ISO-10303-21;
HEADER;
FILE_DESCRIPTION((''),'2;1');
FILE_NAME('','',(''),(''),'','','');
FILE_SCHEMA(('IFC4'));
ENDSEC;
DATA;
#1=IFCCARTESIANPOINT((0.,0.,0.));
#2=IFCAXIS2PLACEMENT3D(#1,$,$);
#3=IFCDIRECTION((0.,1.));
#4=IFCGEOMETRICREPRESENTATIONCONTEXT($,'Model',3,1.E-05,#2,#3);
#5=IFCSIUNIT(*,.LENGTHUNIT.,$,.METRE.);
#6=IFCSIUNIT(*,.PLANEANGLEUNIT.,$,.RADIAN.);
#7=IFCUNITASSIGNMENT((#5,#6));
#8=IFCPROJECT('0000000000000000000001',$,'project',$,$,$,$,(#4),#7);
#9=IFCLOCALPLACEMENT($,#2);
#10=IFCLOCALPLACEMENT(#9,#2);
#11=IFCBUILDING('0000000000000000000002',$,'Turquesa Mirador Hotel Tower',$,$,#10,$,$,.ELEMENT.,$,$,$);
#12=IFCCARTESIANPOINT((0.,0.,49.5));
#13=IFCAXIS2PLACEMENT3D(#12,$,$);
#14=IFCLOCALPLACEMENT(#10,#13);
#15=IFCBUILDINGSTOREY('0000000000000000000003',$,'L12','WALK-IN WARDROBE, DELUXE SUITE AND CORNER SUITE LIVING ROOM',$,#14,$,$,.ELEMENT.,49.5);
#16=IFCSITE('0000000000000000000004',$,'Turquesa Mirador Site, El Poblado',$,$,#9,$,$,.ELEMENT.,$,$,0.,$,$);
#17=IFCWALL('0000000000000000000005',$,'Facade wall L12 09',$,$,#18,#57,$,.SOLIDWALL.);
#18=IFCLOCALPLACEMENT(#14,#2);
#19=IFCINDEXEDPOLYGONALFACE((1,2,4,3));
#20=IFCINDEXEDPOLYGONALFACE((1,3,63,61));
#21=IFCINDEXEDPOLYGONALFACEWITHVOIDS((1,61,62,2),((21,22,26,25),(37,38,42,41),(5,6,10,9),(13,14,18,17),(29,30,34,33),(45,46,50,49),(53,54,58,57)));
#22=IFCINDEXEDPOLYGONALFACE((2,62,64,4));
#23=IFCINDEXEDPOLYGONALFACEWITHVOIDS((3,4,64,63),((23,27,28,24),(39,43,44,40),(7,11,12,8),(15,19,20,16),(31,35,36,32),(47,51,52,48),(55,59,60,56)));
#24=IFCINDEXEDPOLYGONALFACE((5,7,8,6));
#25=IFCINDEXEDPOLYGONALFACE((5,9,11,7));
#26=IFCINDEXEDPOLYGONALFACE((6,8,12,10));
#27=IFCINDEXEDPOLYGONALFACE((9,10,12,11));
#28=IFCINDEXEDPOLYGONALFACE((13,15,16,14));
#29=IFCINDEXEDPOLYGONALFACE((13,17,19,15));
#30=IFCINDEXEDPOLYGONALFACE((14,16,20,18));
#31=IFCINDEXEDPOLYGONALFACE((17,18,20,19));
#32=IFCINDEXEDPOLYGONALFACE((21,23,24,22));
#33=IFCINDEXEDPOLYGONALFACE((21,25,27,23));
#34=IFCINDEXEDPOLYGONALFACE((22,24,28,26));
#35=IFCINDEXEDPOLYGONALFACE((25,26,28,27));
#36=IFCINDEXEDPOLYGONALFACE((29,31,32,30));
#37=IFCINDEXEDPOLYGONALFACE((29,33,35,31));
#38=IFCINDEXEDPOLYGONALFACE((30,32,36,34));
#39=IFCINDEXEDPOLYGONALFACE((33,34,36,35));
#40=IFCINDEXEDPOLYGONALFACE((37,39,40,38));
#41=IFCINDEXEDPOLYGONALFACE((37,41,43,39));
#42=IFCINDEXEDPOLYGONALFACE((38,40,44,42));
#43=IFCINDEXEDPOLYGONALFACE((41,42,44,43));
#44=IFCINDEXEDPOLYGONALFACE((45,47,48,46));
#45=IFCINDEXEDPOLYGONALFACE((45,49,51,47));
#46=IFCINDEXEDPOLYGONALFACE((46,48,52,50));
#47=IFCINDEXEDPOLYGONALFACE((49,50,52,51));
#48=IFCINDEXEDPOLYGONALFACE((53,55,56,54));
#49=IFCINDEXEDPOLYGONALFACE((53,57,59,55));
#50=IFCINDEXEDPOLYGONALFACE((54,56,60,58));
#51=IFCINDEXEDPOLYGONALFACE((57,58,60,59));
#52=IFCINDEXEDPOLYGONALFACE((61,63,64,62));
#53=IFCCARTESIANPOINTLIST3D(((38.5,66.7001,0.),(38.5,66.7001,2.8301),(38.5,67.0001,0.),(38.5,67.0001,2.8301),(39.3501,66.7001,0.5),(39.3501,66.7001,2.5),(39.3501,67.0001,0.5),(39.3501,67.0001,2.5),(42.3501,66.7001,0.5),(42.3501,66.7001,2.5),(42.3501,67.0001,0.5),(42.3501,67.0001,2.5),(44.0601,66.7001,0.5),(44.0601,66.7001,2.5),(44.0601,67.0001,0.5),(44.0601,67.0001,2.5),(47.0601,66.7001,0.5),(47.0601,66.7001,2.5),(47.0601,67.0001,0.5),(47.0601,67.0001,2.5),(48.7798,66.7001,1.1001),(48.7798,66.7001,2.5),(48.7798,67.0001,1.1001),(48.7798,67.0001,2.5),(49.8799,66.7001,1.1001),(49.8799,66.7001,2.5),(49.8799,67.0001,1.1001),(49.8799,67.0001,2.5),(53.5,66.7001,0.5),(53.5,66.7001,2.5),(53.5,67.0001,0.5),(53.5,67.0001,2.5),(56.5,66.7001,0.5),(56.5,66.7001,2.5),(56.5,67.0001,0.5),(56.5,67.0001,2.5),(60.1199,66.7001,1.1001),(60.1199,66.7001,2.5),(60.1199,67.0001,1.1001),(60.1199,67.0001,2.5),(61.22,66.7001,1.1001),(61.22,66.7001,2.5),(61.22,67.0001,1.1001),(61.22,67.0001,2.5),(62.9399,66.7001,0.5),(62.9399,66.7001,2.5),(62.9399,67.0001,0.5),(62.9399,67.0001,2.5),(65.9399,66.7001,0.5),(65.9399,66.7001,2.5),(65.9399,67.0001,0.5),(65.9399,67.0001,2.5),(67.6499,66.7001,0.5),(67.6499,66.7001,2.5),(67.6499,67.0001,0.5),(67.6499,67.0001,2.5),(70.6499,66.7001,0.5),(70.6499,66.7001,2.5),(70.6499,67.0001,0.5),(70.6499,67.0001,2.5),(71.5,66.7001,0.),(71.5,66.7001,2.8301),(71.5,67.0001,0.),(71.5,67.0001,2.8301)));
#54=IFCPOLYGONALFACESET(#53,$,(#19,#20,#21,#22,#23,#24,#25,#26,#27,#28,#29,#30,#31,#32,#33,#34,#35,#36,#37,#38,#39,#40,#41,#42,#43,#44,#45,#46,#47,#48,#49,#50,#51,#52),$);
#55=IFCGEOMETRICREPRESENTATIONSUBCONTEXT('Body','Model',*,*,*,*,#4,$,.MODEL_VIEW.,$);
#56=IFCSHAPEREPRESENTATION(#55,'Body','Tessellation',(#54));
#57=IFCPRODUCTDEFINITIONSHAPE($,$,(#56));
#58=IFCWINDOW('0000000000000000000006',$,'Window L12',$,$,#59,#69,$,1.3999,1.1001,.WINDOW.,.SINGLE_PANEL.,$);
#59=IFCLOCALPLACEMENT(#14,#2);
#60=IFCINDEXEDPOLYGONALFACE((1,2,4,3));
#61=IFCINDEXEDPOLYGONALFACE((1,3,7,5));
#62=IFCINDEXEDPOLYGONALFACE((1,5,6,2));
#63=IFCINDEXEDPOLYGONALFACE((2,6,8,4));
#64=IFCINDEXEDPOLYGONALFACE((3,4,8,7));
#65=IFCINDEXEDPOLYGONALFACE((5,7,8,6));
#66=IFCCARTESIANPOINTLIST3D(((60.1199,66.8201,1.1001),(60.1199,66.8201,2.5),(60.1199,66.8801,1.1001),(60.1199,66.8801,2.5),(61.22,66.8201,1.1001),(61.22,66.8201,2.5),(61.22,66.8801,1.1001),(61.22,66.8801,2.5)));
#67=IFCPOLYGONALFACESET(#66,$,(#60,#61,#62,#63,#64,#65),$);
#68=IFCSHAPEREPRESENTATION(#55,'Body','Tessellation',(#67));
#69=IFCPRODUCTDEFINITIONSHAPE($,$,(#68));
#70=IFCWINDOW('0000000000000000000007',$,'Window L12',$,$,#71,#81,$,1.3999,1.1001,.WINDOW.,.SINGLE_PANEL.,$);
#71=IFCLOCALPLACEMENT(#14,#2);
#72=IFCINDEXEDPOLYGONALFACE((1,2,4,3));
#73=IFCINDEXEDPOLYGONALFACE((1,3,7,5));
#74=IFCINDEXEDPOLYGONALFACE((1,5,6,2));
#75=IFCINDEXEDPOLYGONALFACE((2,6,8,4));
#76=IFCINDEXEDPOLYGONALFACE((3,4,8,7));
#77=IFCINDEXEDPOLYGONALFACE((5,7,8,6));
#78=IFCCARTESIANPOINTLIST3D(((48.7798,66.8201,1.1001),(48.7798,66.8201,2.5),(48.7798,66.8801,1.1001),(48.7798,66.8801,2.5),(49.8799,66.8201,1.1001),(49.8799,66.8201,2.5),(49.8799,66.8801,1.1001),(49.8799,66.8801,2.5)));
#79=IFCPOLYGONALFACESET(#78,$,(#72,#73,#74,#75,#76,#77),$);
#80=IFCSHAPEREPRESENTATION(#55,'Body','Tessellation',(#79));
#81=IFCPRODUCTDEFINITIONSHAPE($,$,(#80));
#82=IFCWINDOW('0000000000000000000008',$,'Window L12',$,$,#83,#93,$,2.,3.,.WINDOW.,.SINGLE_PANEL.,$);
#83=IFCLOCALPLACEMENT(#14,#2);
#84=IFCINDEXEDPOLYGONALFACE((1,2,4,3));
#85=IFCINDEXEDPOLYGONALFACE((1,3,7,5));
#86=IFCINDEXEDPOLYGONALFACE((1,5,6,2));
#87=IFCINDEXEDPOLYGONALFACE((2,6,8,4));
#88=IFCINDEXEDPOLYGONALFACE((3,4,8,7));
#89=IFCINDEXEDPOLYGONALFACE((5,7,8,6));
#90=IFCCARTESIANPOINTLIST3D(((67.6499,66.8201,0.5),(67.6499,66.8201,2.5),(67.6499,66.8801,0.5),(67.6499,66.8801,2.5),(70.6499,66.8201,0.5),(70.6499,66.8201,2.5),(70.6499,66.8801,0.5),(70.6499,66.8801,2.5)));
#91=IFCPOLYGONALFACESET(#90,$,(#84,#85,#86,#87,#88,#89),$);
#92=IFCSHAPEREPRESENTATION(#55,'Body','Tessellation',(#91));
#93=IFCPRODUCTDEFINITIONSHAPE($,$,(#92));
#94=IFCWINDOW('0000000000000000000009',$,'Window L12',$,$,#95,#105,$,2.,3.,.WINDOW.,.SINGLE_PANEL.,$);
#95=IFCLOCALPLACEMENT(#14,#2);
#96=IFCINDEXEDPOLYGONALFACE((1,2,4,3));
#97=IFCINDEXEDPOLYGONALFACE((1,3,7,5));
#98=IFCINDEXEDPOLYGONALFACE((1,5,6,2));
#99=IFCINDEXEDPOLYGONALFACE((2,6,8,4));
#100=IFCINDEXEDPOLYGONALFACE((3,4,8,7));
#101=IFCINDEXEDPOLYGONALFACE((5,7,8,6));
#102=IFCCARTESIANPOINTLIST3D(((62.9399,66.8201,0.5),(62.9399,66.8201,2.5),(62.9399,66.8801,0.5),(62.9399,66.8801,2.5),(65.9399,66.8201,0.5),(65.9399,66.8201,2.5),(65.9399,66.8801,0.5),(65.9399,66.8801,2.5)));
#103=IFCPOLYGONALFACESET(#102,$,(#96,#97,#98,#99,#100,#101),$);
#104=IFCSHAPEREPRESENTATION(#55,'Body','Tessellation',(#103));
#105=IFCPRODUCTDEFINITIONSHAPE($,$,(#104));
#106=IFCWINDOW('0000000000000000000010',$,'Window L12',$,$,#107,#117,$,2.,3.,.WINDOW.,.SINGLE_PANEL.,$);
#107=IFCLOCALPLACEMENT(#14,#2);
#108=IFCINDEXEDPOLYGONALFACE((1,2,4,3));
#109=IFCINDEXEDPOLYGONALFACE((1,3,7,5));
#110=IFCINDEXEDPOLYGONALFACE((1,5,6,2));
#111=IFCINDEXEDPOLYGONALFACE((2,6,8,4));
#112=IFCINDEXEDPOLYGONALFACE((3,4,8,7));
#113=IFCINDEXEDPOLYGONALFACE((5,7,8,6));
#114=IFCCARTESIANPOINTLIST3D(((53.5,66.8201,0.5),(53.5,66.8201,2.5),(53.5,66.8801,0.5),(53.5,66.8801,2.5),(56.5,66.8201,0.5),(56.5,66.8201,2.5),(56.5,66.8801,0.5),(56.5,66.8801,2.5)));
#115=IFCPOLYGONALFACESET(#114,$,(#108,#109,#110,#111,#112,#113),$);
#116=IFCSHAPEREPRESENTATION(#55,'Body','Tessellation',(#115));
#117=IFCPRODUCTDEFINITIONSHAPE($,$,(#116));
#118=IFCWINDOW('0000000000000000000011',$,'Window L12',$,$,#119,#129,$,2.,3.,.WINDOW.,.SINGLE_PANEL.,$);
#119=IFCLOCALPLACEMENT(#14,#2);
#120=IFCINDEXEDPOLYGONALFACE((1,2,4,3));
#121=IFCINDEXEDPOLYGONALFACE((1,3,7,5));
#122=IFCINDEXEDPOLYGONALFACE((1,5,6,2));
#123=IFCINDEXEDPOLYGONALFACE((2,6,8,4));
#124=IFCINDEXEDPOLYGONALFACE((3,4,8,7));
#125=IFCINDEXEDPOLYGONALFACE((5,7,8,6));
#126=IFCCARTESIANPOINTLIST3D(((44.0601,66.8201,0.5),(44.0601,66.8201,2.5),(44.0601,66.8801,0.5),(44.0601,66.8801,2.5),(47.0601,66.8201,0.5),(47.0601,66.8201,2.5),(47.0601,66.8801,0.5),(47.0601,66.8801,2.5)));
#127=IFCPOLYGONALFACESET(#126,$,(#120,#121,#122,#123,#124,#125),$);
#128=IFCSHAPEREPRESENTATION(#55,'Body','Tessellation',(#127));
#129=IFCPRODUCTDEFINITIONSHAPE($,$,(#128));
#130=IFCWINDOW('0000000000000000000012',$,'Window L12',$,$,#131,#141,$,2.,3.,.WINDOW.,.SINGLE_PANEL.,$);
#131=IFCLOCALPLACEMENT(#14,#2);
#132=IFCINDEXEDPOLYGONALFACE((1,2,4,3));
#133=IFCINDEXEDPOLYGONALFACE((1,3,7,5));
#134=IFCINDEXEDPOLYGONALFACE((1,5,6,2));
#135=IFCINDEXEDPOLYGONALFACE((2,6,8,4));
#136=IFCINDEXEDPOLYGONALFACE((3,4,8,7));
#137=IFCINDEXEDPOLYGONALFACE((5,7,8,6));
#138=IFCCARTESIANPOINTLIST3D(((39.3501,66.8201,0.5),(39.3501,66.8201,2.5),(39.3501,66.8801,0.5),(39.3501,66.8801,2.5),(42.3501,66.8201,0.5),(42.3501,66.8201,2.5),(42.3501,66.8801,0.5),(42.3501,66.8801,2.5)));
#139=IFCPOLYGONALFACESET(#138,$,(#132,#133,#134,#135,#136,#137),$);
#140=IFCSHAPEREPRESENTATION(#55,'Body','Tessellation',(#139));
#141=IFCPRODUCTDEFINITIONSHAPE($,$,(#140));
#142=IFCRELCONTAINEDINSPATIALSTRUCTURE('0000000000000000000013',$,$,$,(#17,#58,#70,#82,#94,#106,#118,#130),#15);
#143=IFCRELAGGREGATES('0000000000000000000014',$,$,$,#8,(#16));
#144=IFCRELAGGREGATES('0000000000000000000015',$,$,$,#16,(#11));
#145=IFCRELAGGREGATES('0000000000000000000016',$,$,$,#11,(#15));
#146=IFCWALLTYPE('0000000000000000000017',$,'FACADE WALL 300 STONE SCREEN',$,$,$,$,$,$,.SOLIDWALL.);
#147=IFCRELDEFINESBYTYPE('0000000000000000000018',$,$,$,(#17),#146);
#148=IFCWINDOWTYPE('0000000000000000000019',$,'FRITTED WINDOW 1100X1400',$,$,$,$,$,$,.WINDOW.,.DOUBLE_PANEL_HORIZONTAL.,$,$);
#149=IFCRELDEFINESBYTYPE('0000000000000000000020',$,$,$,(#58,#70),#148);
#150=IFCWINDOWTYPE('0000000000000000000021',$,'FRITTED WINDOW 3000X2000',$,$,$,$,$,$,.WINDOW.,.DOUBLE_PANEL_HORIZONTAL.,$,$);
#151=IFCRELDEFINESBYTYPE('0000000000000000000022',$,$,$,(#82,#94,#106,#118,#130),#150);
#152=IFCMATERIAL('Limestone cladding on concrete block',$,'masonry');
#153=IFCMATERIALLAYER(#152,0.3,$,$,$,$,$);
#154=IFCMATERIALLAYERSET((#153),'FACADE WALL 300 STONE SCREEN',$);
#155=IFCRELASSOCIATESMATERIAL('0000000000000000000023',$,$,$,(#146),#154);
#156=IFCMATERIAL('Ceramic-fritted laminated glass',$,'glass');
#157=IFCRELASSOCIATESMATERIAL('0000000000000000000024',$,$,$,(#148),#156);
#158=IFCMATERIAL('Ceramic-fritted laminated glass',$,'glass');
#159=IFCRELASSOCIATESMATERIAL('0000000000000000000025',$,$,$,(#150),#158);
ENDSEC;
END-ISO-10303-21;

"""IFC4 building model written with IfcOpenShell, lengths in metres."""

from ifc_helpers import new_model, si_unit, direction, frame, frame_2d, origin, place, context, subcontext, project, spatial, rectangle, extrude, material, layer, layer_set, type_object, element, fill, save


model = new_model("IFC4")

# Units and contexts
model_context = context("Model", 3, precision=1e-05, world=origin(), true_north=direction((0.0, 1.0)))
body_context = subcontext(model_context, "Body", "Model", "MODEL_VIEW")
ifc_project = project(units=[si_unit("LENGTHUNIT", "METRE"), si_unit("PLANEANGLEUNIT", "RADIAN")], contexts=[model_context])

# Site, building, storey
site_placement = place(None, origin())
site = spatial("IfcSite", under=ifc_project, at=site_placement, Name="Turquesa Mirador Site, El Poblado", CompositionType="ELEMENT", RefElevation=0.0)
building_placement = place(site_placement, origin())
building = spatial("IfcBuilding", under=site, at=building_placement, Name="Turquesa Mirador Hotel Tower", CompositionType="ELEMENT")
storey_placement = place(building_placement, frame((0.0, 0.0, 49.5)))
storey = spatial("IfcBuildingStorey", under=building, at=storey_placement, Name="L12", Description="WALK-IN WARDROBE, DELUXE SUITE AND CORNER SUITE LIVING ROOM", CompositionType="ELEMENT", Elevation=49.5)

# Shared definitions
ifc_material_1 = material(Name="Limestone cladding on concrete block", Category="masonry")
ifc_layer_1 = layer(ifc_material_1, 0.3)
ifc_layer_set_1 = layer_set([ifc_layer_1], Name="FACADE WALL 300 STONE SCREEN")
wall_type_1 = type_object("IfcWallType", Name="FACADE WALL 300 STONE SCREEN", PredefinedType="SOLIDWALL", material=ifc_layer_set_1)

# Wall, openings, windows
wall_1_placement = place(storey_placement, frame((71.5, 66.8501, 0.0), z_axis=(0.0, 0.0, 1.0), x_axis=(-1.0, 0.0, 0.0)))
wall_1 = element("IfcWall", 1, at=wall_1_placement, inside=storey, type_object=wall_type_1, Name="Facade wall L12 09", PredefinedType="SOLIDWALL", context=body_context, shape_type="SweptSolid", body=[
    extrude(rectangle(XDim=33.0, YDim=0.3, at=frame_2d((16.5, 0.0))), origin(), (0.0, 0.0, 1.0), 2.8301),
])
opening_1_placement = place(wall_1_placement, frame((0.8501, 0.0, 0.5)))
opening_1 = element("IfcOpeningElement", 2, at=opening_1_placement, cuts=wall_1, PredefinedType="OPENING", context=body_context, shape_type="SweptSolid", body=[
    extrude(rectangle(XDim=3.0, YDim=2.0, at=frame_2d((1.5, 1.0))), frame((0.0, 0.1599, 0.0), z_axis=(0.0, -1.0, 0.0), x_axis=(1.0, 0.0, 0.0)), (0.0, 0.0, 1.0), 0.3201),
])
opening_2_placement = place(wall_1_placement, frame((5.5601, 0.0, 0.5)))
opening_2 = element("IfcOpeningElement", 3, at=opening_2_placement, cuts=wall_1, PredefinedType="OPENING", context=body_context, shape_type="SweptSolid", body=[
    extrude(rectangle(XDim=3.0, YDim=2.0, at=frame_2d((1.5, 1.0))), frame((0.0, 0.1599, 0.0), z_axis=(0.0, -1.0, 0.0), x_axis=(1.0, 0.0, 0.0)), (0.0, 0.0, 1.0), 0.3201),
])
opening_3_placement = place(wall_1_placement, frame((10.28, 0.0, 1.1001)))
opening_3 = element("IfcOpeningElement", 4, at=opening_3_placement, cuts=wall_1, PredefinedType="OPENING", context=body_context, shape_type="SweptSolid", body=[
    extrude(rectangle(XDim=1.1001, YDim=1.3999, at=frame_2d((0.55, 0.7))), frame((0.0, 0.1599, 0.0), z_axis=(0.0, -1.0, 0.0), x_axis=(1.0, 0.0, 0.0)), (0.0, 0.0, 1.0), 0.3201),
])
opening_4_placement = place(wall_1_placement, frame((15.0, 0.0, 0.5)))
opening_4 = element("IfcOpeningElement", 5, at=opening_4_placement, cuts=wall_1, PredefinedType="OPENING", context=body_context, shape_type="SweptSolid", body=[
    extrude(rectangle(XDim=3.0, YDim=2.0, at=frame_2d((1.5, 1.0))), frame((0.0, 0.1599, 0.0), z_axis=(0.0, -1.0, 0.0), x_axis=(1.0, 0.0, 0.0)), (0.0, 0.0, 1.0), 0.3201),
])
opening_5_placement = place(wall_1_placement, frame((21.6201, 0.0, 1.1001)))
opening_5 = element("IfcOpeningElement", 6, at=opening_5_placement, cuts=wall_1, PredefinedType="OPENING", context=body_context, shape_type="SweptSolid", body=[
    extrude(rectangle(XDim=1.1001, YDim=1.3999, at=frame_2d((0.55, 0.7))), frame((0.0, 0.1599, 0.0), z_axis=(0.0, -1.0, 0.0), x_axis=(1.0, 0.0, 0.0)), (0.0, 0.0, 1.0), 0.3201),
])
opening_6_placement = place(wall_1_placement, frame((24.4399, 0.0, 0.5)))
opening_6 = element("IfcOpeningElement", 7, at=opening_6_placement, cuts=wall_1, PredefinedType="OPENING", context=body_context, shape_type="SweptSolid", body=[
    extrude(rectangle(XDim=3.0, YDim=2.0, at=frame_2d((1.5, 1.0))), frame((0.0, 0.1599, 0.0), z_axis=(0.0, -1.0, 0.0), x_axis=(1.0, 0.0, 0.0)), (0.0, 0.0, 1.0), 0.3201),
])
opening_7_placement = place(wall_1_placement, frame((29.1499, 0.0, 0.5)))
opening_7 = element("IfcOpeningElement", 8, at=opening_7_placement, cuts=wall_1, PredefinedType="OPENING", context=body_context, shape_type="SweptSolid", body=[
    extrude(rectangle(XDim=3.0, YDim=2.0, at=frame_2d((1.5, 1.0))), frame((0.0, 0.1599, 0.0), z_axis=(0.0, -1.0, 0.0), x_axis=(1.0, 0.0, 0.0)), (0.0, 0.0, 1.0), 0.3201),
])
ifc_material_2 = material(Name="Ceramic-fritted laminated glass", Category="glass")
window_type_1 = type_object("IfcWindowType", Name="FRITTED WINDOW 1100X1400", PartitioningType="DOUBLE_PANEL_HORIZONTAL", PredefinedType="WINDOW", material=ifc_material_2)
window_1_placement = place(opening_3_placement, origin())
window_1 = element("IfcWindow", 9, at=window_1_placement, inside=storey, type_object=window_type_1, Name="Window L12", OverallHeight=1.3999, OverallWidth=1.1001, PartitioningType="SINGLE_PANEL", PredefinedType="WINDOW", context=body_context, shape_type="SweptSolid", body=[
    extrude(rectangle(XDim=1.1001, YDim=1.3999, at=frame_2d((0.55, 0.7))), frame((0.0, 0.03, 0.0), z_axis=(0.0, -1.0, 0.0), x_axis=(1.0, 0.0, 0.0)), (0.0, 0.0, 1.0), 0.0601),
])
fill(opening_3, window_1)
window_2_placement = place(opening_5_placement, origin())
window_2 = element("IfcWindow", 10, at=window_2_placement, inside=storey, type_object=window_type_1, Name="Window L12", OverallHeight=1.3999, OverallWidth=1.1001, PartitioningType="SINGLE_PANEL", PredefinedType="WINDOW", context=body_context, shape_type="SweptSolid", body=[
    extrude(rectangle(XDim=1.1001, YDim=1.3999, at=frame_2d((0.55, 0.7))), frame((0.0, 0.03, 0.0), z_axis=(0.0, -1.0, 0.0), x_axis=(1.0, 0.0, 0.0)), (0.0, 0.0, 1.0), 0.0601),
])
fill(opening_5, window_2)
ifc_material_3 = material(Name="Ceramic-fritted laminated glass", Category="glass")
window_type_2 = type_object("IfcWindowType", Name="FRITTED WINDOW 3000X2000", PartitioningType="DOUBLE_PANEL_HORIZONTAL", PredefinedType="WINDOW", material=ifc_material_3)
window_3_placement = place(opening_1_placement, origin())
window_3 = element("IfcWindow", 11, at=window_3_placement, inside=storey, type_object=window_type_2, Name="Window L12", OverallHeight=2.0, OverallWidth=3.0, PartitioningType="SINGLE_PANEL", PredefinedType="WINDOW", context=body_context, shape_type="SweptSolid", body=[
    extrude(rectangle(XDim=3.0, YDim=2.0, at=frame_2d((1.5, 1.0))), frame((0.0, 0.03, 0.0), z_axis=(0.0, -1.0, 0.0), x_axis=(1.0, 0.0, 0.0)), (0.0, 0.0, 1.0), 0.0601),
])
fill(opening_1, window_3)
window_4_placement = place(opening_2_placement, origin())
window_4 = element("IfcWindow", 12, at=window_4_placement, inside=storey, type_object=window_type_2, Name="Window L12", OverallHeight=2.0, OverallWidth=3.0, PartitioningType="SINGLE_PANEL", PredefinedType="WINDOW", context=body_context, shape_type="SweptSolid", body=[
    extrude(rectangle(XDim=3.0, YDim=2.0, at=frame_2d((1.5, 1.0))), frame((0.0, 0.03, 0.0), z_axis=(0.0, -1.0, 0.0), x_axis=(1.0, 0.0, 0.0)), (0.0, 0.0, 1.0), 0.0601),
])
fill(opening_2, window_4)
window_5_placement = place(opening_4_placement, origin())
window_5 = element("IfcWindow", 13, at=window_5_placement, inside=storey, type_object=window_type_2, Name="Window L12", OverallHeight=2.0, OverallWidth=3.0, PartitioningType="SINGLE_PANEL", PredefinedType="WINDOW", context=body_context, shape_type="SweptSolid", body=[
    extrude(rectangle(XDim=3.0, YDim=2.0, at=frame_2d((1.5, 1.0))), frame((0.0, 0.03, 0.0), z_axis=(0.0, -1.0, 0.0), x_axis=(1.0, 0.0, 0.0)), (0.0, 0.0, 1.0), 0.0601),
])
fill(opening_4, window_5)
window_6_placement = place(opening_6_placement, origin())
window_6 = element("IfcWindow", 14, at=window_6_placement, inside=storey, type_object=window_type_2, Name="Window L12", OverallHeight=2.0, OverallWidth=3.0, PartitioningType="SINGLE_PANEL", PredefinedType="WINDOW", context=body_context, shape_type="SweptSolid", body=[
    extrude(rectangle(XDim=3.0, YDim=2.0, at=frame_2d((1.5, 1.0))), frame((0.0, 0.03, 0.0), z_axis=(0.0, -1.0, 0.0), x_axis=(1.0, 0.0, 0.0)), (0.0, 0.0, 1.0), 0.0601),
])
fill(opening_6, window_6)
window_7_placement = place(opening_7_placement, origin())
window_7 = element("IfcWindow", 15, at=window_7_placement, inside=storey, type_object=window_type_2, Name="Window L12", OverallHeight=2.0, OverallWidth=3.0, PartitioningType="SINGLE_PANEL", PredefinedType="WINDOW", context=body_context, shape_type="SweptSolid", body=[
    extrude(rectangle(XDim=3.0, YDim=2.0, at=frame_2d((1.5, 1.0))), frame((0.0, 0.03, 0.0), z_axis=(0.0, -1.0, 0.0), x_axis=(1.0, 0.0, 0.0)), (0.0, 0.0, 1.0), 0.0601),
])
fill(opening_7, window_7)

save(model, "model.ifc")
